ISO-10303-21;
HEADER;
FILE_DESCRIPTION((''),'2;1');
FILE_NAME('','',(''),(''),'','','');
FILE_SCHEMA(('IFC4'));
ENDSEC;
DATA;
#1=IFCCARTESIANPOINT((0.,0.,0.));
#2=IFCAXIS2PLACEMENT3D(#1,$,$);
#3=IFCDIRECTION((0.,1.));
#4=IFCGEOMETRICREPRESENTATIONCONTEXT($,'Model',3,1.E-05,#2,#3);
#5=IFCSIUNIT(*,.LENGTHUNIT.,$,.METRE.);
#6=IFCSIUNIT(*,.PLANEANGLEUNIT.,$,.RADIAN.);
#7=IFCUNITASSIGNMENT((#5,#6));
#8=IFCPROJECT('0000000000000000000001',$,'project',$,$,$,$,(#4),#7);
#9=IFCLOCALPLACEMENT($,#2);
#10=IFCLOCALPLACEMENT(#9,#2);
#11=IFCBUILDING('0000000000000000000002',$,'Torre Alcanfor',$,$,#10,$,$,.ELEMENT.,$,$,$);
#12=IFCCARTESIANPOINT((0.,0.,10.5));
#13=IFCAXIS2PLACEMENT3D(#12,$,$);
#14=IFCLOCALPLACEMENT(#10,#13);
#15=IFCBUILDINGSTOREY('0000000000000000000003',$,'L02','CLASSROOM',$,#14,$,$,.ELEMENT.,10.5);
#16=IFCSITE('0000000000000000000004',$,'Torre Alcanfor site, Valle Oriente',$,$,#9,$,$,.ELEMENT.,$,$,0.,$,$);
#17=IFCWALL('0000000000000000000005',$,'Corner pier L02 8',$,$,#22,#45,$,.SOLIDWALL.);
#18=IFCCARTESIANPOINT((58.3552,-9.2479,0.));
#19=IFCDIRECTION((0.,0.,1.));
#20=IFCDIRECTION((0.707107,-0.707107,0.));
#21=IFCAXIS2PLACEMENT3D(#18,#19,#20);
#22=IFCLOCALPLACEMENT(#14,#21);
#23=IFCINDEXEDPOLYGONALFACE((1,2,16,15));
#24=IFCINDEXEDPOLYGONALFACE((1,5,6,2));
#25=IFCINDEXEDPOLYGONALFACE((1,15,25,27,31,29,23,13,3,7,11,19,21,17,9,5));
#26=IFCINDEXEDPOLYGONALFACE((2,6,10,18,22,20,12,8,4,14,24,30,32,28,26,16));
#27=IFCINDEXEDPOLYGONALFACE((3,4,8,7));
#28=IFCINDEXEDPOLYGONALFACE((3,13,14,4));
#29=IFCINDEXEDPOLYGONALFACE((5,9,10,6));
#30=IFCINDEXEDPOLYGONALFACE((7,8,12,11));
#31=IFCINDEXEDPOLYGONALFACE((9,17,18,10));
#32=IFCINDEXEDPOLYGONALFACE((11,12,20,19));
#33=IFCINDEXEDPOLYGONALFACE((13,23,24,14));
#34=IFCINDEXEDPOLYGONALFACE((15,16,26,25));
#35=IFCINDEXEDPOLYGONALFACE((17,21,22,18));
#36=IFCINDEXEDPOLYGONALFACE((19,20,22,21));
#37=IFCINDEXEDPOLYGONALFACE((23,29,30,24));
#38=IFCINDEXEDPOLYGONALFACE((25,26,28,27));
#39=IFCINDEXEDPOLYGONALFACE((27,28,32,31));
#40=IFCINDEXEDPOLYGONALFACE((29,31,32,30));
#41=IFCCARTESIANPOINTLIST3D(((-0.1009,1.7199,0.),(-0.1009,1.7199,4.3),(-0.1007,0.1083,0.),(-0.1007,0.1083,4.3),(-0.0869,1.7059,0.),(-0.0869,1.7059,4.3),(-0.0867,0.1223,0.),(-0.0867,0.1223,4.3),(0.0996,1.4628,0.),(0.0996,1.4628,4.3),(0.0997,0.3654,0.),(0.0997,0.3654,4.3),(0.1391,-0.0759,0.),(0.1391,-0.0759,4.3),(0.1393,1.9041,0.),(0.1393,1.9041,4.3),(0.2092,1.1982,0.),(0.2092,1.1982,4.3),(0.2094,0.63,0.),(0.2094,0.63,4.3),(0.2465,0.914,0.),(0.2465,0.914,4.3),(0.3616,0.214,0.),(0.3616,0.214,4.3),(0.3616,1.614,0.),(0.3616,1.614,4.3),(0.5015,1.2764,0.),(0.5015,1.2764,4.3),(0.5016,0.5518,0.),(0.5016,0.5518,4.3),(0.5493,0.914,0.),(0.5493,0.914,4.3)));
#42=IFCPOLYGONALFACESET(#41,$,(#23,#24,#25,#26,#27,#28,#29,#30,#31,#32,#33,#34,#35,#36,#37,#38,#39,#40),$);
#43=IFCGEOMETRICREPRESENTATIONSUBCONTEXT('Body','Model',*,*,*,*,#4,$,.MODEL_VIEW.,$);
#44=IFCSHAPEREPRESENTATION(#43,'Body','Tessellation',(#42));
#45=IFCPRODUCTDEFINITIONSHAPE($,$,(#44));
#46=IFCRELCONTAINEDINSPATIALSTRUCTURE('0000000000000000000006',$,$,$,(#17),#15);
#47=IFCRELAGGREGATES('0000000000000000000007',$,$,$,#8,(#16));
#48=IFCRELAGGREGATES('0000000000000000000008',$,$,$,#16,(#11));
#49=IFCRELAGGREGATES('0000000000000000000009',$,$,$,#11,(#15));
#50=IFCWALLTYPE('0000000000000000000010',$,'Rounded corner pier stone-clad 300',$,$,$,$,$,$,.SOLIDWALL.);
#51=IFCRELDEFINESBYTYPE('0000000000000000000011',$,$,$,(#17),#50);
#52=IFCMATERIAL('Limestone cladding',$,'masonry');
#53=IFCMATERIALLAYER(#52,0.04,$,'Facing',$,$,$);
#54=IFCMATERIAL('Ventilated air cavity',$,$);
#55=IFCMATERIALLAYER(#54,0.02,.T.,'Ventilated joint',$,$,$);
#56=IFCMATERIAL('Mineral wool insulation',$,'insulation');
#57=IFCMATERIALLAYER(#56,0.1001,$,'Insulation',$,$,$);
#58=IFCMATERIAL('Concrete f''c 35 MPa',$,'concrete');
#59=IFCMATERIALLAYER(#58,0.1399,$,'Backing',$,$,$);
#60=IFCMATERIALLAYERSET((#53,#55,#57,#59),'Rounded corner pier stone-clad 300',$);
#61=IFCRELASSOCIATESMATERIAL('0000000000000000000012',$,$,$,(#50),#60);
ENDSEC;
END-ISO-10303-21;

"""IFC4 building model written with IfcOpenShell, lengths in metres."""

from ifc_helpers import new_model, si_unit, direction, frame, origin, place, context, subcontext, project, spatial, polyline, outline, extrude, material, layer, layer_set, type_object, element, save


model = new_model("IFC4")

# Units and contexts
model_context = context("Model", 3, precision=1e-05, world=origin(), true_north=direction((0.0, 1.0)))
body_context = subcontext(model_context, "Body", "Model", "MODEL_VIEW")
ifc_project = project(units=[si_unit("LENGTHUNIT", "METRE"), si_unit("PLANEANGLEUNIT", "RADIAN")], contexts=[model_context])

# Site, building, storey
site_placement = place(None, origin())
site = spatial("IfcSite", under=ifc_project, at=site_placement, Name="Torre Alcanfor site, Valle Oriente", CompositionType="ELEMENT", RefElevation=0.0)
building_placement = place(site_placement, origin())
building = spatial("IfcBuilding", under=site, at=building_placement, Name="Torre Alcanfor", CompositionType="ELEMENT")
storey_placement = place(building_placement, frame((0.0, 0.0, 10.5)))
storey = spatial("IfcBuildingStorey", under=building, at=storey_placement, Name="L02", Description="CLASSROOM", CompositionType="ELEMENT", Elevation=10.5)

# Wall
ifc_material_1 = material(Name="Limestone cladding", Category="masonry")
ifc_layer_1 = layer(ifc_material_1, 0.04, Name="Facing")
ifc_material_2 = material(Name="Ventilated air cavity")
ifc_layer_2 = layer(ifc_material_2, 0.02, ventilated=True, Name="Ventilated joint")
ifc_material_3 = material(Name="Mineral wool insulation", Category="insulation")
ifc_layer_3 = layer(ifc_material_3, 0.1001, Name="Insulation")
ifc_material_4 = material(Name="Concrete f'c 35 MPa", Category="concrete")
ifc_layer_4 = layer(ifc_material_4, 0.1399, Name="Backing")
ifc_layer_set_1 = layer_set([ifc_layer_1, ifc_layer_2, ifc_layer_3, ifc_layer_4], Name="Rounded corner pier stone-clad 300")
wall_type_1 = type_object("IfcWallType", Name="Rounded corner pier stone-clad 300", PredefinedType="SOLIDWALL", material=ifc_layer_set_1)
wall_1_placement = place(storey_placement, frame((58.3552, -9.2479, 0.0), z_axis=(0.0, 0.0, 1.0), x_axis=(0.707107, -0.707107, 0.0)))
element("IfcWall", 1, at=wall_1_placement, inside=storey, type_object=wall_type_1, Name="Corner pier L02 8", PredefinedType="SOLIDWALL", context=body_context, shape_type="SweptSolid", body=[
    extrude(outline(polyline([(0.1393, 1.9041), (-0.1009, 1.7199), (-0.0869, 1.7059), (0.0996, 1.4628), (0.2092, 1.1982), (0.2465, 0.914), (0.2094, 0.63), (0.0997, 0.3654), (-0.0867, 0.1223), (-0.1007, 0.1083), (0.1391, -0.0759), (0.3616, 0.214), (0.5016, 0.5518), (0.5493, 0.914), (0.5015, 1.2764), (0.3616, 1.614), (0.1393, 1.9041)])), origin(), (0.0, 0.0, 1.0), 4.3),
])

save(model, "model.ifc")
